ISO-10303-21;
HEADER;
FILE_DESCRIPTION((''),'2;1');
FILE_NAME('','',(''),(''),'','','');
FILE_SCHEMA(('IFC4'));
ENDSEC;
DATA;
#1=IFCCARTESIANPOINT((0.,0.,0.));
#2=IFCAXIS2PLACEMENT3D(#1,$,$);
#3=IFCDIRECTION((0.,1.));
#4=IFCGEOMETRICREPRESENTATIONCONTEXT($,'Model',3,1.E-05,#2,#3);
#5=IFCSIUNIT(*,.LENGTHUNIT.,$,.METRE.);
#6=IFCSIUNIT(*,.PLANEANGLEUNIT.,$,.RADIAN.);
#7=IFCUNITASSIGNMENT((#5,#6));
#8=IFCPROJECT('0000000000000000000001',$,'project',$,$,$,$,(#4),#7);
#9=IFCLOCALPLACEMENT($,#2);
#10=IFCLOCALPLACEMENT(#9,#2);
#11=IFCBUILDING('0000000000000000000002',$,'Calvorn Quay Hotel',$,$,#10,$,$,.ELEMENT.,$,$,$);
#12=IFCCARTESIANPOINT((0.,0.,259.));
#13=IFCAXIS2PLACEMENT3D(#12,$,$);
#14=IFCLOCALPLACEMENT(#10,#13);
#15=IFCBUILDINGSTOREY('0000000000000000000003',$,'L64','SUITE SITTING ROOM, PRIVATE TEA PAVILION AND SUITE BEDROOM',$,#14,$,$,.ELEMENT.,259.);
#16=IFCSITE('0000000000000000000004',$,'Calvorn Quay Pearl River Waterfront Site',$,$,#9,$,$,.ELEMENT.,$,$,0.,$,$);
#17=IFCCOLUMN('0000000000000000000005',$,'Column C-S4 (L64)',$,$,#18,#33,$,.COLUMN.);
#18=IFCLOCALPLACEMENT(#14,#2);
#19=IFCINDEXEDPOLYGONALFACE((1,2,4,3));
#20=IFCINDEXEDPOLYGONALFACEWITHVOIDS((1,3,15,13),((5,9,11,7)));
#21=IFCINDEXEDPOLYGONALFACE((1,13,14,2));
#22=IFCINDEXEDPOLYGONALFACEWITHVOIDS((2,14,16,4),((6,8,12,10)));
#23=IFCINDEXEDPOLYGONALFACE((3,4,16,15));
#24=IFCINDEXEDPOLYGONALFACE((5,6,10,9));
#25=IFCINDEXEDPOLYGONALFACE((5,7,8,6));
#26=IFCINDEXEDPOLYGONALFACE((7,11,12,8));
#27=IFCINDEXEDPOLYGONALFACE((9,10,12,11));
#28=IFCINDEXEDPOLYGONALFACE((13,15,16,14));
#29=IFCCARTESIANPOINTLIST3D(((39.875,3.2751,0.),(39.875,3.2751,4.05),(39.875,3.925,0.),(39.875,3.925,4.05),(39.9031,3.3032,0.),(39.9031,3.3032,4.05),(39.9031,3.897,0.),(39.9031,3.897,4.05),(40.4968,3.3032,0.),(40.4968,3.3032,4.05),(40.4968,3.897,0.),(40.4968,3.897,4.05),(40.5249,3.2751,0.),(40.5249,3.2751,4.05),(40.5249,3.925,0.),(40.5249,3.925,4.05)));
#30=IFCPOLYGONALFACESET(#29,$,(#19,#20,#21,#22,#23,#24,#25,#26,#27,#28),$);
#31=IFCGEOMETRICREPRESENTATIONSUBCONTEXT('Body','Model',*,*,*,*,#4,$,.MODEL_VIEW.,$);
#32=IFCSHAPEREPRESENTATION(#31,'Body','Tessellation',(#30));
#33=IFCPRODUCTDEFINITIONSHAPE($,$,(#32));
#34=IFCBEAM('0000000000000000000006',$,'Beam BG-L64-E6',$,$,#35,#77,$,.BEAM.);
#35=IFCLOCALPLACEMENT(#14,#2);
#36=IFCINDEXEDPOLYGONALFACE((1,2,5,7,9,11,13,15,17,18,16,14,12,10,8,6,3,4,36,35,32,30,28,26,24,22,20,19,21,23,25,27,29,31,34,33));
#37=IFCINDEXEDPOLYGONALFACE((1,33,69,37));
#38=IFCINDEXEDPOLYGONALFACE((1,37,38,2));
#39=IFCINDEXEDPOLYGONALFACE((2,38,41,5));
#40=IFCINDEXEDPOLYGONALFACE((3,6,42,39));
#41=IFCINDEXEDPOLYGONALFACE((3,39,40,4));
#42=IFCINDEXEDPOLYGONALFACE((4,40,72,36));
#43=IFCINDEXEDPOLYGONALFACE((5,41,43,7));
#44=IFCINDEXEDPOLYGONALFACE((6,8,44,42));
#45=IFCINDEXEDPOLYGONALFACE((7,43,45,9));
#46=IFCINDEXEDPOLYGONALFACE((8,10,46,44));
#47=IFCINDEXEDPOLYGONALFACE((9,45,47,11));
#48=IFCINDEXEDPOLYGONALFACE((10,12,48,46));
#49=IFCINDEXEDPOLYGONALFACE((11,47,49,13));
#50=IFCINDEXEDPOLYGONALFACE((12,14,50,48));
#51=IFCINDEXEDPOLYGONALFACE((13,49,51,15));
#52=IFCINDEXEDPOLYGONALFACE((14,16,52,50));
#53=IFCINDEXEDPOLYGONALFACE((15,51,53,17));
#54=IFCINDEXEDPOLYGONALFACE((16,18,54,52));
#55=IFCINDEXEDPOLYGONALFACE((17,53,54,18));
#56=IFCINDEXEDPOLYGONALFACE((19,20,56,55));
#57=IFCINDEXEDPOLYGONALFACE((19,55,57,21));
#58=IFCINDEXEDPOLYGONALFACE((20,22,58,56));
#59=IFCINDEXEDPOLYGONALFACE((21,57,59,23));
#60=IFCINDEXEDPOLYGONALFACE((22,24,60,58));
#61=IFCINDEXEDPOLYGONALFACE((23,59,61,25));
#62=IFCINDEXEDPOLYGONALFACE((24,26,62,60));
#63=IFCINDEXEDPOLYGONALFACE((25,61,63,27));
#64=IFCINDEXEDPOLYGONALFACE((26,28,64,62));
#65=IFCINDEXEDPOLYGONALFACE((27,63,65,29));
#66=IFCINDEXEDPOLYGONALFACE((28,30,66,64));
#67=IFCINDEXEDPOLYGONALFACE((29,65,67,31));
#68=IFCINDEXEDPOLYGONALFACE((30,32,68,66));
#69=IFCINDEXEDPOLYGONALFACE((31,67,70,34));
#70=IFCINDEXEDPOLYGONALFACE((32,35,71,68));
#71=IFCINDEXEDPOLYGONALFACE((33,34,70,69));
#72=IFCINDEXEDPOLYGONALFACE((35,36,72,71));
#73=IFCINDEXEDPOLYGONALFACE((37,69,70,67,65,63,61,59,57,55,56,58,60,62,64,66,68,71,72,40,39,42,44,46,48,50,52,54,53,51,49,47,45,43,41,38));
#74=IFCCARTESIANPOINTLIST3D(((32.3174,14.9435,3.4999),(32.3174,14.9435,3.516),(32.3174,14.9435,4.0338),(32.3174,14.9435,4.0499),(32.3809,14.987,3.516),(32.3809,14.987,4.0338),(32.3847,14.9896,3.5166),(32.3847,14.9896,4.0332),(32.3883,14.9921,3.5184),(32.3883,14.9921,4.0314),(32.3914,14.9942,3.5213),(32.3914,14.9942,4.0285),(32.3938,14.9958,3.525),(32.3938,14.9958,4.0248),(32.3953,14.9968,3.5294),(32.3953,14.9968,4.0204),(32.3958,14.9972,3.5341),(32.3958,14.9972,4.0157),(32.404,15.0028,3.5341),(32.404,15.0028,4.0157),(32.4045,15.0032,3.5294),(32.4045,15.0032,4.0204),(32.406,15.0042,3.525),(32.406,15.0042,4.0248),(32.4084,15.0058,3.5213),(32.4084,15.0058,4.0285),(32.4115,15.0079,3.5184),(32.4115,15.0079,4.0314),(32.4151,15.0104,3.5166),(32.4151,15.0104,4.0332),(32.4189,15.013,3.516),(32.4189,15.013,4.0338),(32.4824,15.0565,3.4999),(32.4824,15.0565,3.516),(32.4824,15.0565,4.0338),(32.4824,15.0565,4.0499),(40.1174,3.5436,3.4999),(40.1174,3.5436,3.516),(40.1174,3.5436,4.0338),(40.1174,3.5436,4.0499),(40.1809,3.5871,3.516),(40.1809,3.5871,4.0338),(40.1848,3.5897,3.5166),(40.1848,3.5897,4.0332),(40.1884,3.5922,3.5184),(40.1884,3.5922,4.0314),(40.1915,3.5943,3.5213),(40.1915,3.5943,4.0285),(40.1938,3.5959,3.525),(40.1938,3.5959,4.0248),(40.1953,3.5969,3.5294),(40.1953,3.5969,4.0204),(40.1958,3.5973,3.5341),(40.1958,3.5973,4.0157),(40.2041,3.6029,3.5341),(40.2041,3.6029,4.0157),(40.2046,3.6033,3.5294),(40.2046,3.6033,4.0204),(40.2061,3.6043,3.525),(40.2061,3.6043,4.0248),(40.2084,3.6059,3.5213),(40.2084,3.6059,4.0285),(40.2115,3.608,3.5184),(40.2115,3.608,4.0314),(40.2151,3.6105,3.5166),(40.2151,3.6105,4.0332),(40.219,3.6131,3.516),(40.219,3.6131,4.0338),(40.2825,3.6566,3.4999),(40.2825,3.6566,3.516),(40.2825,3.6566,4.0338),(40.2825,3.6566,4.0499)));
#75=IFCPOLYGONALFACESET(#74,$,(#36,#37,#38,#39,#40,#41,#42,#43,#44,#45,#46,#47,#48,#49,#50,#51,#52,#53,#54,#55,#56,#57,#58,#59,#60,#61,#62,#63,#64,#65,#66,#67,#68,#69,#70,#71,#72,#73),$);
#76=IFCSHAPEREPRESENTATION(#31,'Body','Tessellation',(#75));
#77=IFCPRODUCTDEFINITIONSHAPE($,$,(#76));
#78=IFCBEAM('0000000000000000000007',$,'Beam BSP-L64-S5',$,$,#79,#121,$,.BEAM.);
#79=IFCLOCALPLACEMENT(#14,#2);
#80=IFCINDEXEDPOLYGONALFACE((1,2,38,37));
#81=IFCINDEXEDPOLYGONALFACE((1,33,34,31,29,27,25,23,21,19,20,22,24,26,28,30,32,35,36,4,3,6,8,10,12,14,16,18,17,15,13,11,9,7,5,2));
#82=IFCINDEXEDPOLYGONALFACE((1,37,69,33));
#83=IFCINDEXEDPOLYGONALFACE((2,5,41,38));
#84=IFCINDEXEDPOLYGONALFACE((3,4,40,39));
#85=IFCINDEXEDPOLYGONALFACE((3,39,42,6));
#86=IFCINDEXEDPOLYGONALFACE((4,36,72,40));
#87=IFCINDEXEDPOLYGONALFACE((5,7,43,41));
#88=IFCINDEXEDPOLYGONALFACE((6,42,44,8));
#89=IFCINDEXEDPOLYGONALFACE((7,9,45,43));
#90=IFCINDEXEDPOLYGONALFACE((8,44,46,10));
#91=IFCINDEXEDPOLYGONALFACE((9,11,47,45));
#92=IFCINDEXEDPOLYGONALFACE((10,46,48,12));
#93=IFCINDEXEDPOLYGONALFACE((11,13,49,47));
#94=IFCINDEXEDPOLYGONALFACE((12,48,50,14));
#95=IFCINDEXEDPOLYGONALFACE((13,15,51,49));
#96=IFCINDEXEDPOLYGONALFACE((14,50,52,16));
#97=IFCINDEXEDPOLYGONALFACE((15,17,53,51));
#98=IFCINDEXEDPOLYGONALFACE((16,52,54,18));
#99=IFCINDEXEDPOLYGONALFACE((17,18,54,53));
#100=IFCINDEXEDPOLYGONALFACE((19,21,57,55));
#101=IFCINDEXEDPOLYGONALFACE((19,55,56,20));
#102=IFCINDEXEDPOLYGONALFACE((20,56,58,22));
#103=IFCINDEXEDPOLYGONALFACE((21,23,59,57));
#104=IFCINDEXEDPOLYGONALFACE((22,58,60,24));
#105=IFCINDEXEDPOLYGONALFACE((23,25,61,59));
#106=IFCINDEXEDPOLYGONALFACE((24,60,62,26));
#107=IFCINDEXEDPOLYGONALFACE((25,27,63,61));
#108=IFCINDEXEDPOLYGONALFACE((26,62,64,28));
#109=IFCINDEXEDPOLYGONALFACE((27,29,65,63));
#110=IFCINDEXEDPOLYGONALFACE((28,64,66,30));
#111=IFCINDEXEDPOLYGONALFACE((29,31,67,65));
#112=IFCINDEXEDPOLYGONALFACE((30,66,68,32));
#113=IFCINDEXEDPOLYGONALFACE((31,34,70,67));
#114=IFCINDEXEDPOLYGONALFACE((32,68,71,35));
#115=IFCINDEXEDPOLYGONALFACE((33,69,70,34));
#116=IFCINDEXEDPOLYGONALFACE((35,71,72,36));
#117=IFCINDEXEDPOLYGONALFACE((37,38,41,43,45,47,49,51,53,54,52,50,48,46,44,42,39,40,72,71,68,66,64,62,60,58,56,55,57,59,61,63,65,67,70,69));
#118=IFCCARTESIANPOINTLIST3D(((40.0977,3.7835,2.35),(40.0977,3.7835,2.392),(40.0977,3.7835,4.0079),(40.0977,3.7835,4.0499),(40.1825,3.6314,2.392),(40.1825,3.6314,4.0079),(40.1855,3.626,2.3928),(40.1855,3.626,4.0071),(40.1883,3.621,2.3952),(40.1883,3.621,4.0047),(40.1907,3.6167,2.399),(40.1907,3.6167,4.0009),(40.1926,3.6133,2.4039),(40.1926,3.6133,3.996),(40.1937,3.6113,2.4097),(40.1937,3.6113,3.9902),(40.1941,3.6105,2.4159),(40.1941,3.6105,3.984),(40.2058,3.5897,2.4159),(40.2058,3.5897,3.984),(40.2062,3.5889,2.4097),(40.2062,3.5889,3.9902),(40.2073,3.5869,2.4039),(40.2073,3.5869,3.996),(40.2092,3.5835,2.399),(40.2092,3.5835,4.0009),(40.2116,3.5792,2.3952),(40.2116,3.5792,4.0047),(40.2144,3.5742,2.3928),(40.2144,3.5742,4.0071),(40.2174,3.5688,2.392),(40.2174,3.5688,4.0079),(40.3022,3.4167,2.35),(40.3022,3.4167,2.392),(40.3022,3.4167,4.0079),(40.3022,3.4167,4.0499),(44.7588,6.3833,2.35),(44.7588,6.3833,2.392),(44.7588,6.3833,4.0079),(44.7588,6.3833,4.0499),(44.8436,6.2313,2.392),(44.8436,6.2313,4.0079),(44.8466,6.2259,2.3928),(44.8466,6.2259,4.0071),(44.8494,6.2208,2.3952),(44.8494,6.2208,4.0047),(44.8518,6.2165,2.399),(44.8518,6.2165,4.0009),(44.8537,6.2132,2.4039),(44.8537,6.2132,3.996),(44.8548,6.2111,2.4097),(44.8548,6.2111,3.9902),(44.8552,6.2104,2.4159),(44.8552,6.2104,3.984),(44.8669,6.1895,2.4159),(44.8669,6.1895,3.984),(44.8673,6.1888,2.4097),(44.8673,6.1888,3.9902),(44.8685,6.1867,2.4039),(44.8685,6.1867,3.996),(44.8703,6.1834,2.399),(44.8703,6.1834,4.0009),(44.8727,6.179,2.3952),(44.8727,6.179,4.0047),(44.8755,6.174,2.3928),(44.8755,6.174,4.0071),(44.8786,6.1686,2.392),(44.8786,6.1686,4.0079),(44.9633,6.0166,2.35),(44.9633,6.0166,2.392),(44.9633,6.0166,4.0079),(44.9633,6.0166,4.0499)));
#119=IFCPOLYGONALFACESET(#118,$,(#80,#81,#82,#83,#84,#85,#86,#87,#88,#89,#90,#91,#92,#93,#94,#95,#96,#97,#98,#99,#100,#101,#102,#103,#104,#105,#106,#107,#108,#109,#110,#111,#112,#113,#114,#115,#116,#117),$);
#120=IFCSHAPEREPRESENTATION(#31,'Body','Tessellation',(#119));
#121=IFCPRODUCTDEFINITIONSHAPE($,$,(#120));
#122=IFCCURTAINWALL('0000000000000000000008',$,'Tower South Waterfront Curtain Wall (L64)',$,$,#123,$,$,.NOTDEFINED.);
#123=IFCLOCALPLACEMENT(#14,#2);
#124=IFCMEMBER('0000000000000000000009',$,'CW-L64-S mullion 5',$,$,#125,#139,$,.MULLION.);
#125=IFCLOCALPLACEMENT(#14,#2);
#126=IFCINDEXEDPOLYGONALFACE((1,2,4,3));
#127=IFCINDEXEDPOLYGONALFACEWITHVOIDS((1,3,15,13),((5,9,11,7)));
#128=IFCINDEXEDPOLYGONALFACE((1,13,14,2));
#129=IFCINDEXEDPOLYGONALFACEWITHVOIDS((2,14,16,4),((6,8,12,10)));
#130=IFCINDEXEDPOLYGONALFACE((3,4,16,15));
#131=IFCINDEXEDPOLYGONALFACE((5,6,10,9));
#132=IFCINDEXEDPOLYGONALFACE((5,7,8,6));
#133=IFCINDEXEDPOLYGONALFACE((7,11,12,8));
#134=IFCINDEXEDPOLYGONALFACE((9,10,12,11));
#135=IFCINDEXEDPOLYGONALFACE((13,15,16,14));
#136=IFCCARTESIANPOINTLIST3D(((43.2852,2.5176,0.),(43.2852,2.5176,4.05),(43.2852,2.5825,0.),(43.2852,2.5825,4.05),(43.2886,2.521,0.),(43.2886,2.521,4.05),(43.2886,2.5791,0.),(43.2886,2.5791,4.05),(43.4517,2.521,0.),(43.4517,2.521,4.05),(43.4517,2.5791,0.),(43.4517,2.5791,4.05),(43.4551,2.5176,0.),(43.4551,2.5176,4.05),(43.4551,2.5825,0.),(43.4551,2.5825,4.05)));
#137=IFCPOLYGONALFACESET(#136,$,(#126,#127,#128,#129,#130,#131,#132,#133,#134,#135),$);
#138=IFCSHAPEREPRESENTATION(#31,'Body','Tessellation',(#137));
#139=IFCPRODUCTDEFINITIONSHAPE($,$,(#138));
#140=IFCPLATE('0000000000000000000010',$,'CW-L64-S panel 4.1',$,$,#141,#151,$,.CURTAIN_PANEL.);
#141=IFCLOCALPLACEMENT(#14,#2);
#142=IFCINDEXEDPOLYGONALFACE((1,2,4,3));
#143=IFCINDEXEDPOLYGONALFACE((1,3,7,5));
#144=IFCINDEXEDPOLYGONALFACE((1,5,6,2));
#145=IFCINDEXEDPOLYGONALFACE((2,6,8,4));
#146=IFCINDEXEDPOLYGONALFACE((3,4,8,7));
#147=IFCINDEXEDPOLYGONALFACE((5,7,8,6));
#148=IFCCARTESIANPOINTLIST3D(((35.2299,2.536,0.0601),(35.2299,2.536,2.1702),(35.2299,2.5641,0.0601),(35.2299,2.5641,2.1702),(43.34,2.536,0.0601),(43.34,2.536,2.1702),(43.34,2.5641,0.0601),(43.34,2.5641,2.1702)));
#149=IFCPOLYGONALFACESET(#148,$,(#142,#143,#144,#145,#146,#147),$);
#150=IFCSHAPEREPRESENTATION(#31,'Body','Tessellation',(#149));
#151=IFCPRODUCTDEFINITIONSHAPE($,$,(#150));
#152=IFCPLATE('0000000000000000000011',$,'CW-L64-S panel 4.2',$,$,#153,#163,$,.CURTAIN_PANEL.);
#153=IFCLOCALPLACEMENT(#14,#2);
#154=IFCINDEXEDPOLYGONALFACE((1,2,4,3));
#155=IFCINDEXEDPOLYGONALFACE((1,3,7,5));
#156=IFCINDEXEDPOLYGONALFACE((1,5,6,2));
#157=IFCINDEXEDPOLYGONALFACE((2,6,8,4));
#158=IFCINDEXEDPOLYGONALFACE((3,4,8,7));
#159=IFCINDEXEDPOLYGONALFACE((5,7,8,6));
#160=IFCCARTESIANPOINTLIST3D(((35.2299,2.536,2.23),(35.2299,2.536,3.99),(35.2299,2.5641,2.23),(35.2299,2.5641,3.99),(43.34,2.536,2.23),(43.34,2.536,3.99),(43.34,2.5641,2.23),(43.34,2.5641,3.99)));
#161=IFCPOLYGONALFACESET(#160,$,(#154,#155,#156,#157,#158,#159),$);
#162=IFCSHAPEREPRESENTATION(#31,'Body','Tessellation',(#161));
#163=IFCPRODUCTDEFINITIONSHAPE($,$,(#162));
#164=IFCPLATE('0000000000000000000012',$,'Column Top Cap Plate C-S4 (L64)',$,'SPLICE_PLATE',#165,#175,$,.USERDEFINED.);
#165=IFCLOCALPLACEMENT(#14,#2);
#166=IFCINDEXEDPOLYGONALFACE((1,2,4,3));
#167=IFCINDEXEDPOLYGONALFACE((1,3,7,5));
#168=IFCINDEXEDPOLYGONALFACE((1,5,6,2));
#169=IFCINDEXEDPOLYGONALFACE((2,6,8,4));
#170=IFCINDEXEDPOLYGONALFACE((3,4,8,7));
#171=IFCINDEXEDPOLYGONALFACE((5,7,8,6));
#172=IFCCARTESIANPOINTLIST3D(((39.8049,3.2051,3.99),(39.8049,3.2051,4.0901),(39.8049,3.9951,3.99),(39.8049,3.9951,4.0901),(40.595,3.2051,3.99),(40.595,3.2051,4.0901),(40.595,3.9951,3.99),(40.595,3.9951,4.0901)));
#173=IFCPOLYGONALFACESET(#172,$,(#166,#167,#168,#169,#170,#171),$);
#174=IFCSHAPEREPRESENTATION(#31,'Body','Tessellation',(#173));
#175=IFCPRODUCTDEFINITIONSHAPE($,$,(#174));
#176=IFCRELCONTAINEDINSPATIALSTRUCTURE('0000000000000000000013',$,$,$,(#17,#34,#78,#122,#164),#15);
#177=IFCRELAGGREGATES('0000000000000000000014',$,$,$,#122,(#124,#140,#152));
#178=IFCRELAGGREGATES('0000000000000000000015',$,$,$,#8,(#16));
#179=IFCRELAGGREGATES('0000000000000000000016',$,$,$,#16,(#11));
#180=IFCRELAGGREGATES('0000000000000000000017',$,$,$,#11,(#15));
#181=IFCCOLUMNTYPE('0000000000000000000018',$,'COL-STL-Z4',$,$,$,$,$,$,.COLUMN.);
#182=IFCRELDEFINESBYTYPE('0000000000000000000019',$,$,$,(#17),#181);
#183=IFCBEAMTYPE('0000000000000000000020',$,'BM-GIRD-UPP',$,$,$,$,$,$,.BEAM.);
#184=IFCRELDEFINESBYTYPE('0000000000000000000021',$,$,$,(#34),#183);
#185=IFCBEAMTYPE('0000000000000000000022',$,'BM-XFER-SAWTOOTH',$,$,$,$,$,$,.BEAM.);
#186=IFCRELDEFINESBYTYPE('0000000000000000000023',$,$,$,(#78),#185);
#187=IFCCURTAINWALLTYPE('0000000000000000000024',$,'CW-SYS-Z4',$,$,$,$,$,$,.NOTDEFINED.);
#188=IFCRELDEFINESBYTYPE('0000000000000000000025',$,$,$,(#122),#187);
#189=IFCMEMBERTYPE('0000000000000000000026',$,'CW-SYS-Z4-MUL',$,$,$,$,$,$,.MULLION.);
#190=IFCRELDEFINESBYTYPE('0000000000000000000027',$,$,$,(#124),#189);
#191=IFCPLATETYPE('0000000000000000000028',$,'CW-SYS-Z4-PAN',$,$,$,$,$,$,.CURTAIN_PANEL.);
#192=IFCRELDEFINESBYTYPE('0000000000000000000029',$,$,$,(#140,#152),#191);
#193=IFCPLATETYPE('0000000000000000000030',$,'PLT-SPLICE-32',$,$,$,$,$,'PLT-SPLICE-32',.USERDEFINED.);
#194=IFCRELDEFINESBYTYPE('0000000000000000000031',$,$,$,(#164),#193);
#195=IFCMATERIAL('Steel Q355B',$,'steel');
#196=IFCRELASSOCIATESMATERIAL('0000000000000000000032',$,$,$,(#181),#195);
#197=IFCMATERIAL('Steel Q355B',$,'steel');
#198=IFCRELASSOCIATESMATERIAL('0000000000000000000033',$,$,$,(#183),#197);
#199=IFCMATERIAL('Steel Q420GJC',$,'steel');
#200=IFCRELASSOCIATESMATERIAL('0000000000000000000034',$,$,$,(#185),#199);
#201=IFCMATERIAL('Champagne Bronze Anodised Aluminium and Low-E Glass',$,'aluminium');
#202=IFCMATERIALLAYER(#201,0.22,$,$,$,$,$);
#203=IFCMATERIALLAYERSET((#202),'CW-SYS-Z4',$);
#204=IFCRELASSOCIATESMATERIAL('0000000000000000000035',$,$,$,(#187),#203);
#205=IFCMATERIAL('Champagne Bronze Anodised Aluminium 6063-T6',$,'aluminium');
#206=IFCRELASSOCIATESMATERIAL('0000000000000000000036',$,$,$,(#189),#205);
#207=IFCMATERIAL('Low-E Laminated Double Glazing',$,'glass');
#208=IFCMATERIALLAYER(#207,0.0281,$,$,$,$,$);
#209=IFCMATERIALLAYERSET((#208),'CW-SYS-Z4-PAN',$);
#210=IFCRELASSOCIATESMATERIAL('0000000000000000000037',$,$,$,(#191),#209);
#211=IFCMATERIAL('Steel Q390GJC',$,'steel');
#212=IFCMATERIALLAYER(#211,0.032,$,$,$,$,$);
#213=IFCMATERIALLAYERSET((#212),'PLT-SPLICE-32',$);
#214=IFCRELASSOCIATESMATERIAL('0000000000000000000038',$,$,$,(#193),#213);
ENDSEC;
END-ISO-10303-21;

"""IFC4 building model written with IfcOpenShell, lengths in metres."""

from ifc_helpers import new_model, si_unit, direction, frame, origin, origin_2d, place, context, subcontext, project, spatial, rectangle, hollow_rectangle, i_section, extrude, material, layer, layer_set, material_profile, profile_set, type_object, element, aggregate, save


model = new_model("IFC4")

# Units and contexts
model_context = context("Model", 3, precision=1e-05, world=origin(), true_north=direction((0.0, 1.0)))
body_context = subcontext(model_context, "Body", "Model", "MODEL_VIEW")
ifc_project = project(units=[si_unit("LENGTHUNIT", "METRE"), si_unit("PLANEANGLEUNIT", "RADIAN")], contexts=[model_context])

# Site, building, storey
site_placement = place(None, origin())
site = spatial("IfcSite", under=ifc_project, at=site_placement, Name="Calvorn Quay Pearl River Waterfront Site", CompositionType="ELEMENT", RefElevation=0.0)
building_placement = place(site_placement, origin())
building = spatial("IfcBuilding", under=site, at=building_placement, Name="Calvorn Quay Hotel", CompositionType="ELEMENT")
storey_placement = place(building_placement, frame((0.0, 0.0, 259.0)))
storey = spatial("IfcBuildingStorey", under=building, at=storey_placement, Name="L64", Description="SUITE SITTING ROOM, PRIVATE TEA PAVILION AND SUITE BEDROOM", CompositionType="ELEMENT", Elevation=259.0)

# Column
ifc_material_1 = material(Name="Steel Q355B", Category="steel")
ifc_material_profile_1 = material_profile(ifc_material_1, hollow_rectangle(XDim=0.6499, YDim=0.6499, WallThickness=0.0281, at=origin_2d()), Name="BOX650x650x28")
ifc_profile_set_1 = profile_set([ifc_material_profile_1], Name="Steel Q355B")
column_type = type_object("IfcColumnType", Name="COL-STL-Z4", PredefinedType="COLUMN", material=ifc_profile_set_1)
column_placement = place(storey_placement, frame((40.2, 3.6001, 0.0), z_axis=(0.0, 0.0, 1.0), x_axis=(1.0, 0.0, 0.0)))
element("IfcColumn", 1, at=column_placement, inside=storey, type_object=column_type, Name="Column C-S4 (L64)", PredefinedType="COLUMN", context=body_context, shape_type="SweptSolid", body=[
    extrude(hollow_rectangle(XDim=0.6499, YDim=0.6499, WallThickness=0.0281, at=origin_2d()), origin(), (0.0, 0.0, 1.0), 4.05),
])

# Beams
ifc_material_2 = material(Name="Steel Q355B", Category="steel")
ifc_material_profile_2 = material_profile(ifc_material_2, i_section(OverallWidth=0.2, OverallDepth=0.55, WebThickness=0.01, FlangeThickness=0.0161, FilletRadius=0.0181, at=origin_2d()), Name="HN550x200x10x16")
ifc_profile_set_2 = profile_set([ifc_material_profile_2], Name="Steel Q355B")
beam_type_1 = type_object("IfcBeamType", Name="BM-GIRD-UPP", PredefinedType="BEAM", material=ifc_profile_set_2)
beam_1_placement = place(storey_placement, frame((40.2, 3.6001, 3.7749), z_axis=(-0.56469, 0.825303, 0.0), x_axis=(-0.825303, -0.56469, 0.0)))
element("IfcBeam", 2, at=beam_1_placement, inside=storey, type_object=beam_type_1, Name="Beam BG-L64-E6", PredefinedType="BEAM", context=body_context, shape_type="SweptSolid", body=[
    extrude(i_section(OverallWidth=0.2, OverallDepth=0.55, WebThickness=0.01, FlangeThickness=0.0161, FilletRadius=0.0181, at=origin_2d()), origin(), (0.0, 0.0, 1.0), 13.813),
])
ifc_material_3 = material(Name="Steel Q420GJC", Category="steel")
ifc_material_profile_3 = material_profile(ifc_material_3, i_section(OverallWidth=0.4199, OverallDepth=1.7, WebThickness=0.0239, FlangeThickness=0.042, FilletRadius=0.0239, at=origin_2d()), Name="HN1700x420x24x42")
ifc_profile_set_3 = profile_set([ifc_material_profile_3], Name="Steel Q420GJC")
beam_type_2 = type_object("IfcBeamType", Name="BM-XFER-SAWTOOTH", PredefinedType="BEAM", material=ifc_profile_set_3)
beam_2_placement = place(storey_placement, frame((40.2, 3.6001, 3.2), z_axis=(0.873334, 0.487122, 0.0), x_axis=(-0.487122, 0.873334, 0.0)))
element("IfcBeam", 3, at=beam_2_placement, inside=storey, type_object=beam_type_2, Name="Beam BSP-L64-S5", PredefinedType="BEAM", context=body_context, shape_type="SweptSolid", body=[
    extrude(i_section(OverallWidth=0.4199, OverallDepth=1.7, WebThickness=0.0239, FlangeThickness=0.042, FilletRadius=0.0239, at=origin_2d()), origin(), (0.0, 0.0, 1.0), 5.3372),
])

# Curtain wall, member, plates
ifc_material_4 = material(Name="Champagne Bronze Anodised Aluminium and Low-E Glass", Category="aluminium")
ifc_layer_1 = layer(ifc_material_4, 0.22)
ifc_layer_set_1 = layer_set([ifc_layer_1], Name="CW-SYS-Z4")
curtain_wall_type = type_object("IfcCurtainWallType", Name="CW-SYS-Z4", PredefinedType="NOTDEFINED", material=ifc_layer_set_1)
curtain_wall_placement = place(storey_placement, origin())
curtain_wall = element("IfcCurtainWall", 4, at=curtain_wall_placement, inside=storey, type_object=curtain_wall_type, Name="Tower South Waterfront Curtain Wall (L64)", PredefinedType="NOTDEFINED")
ifc_material_5 = material(Name="Champagne Bronze Anodised Aluminium 6063-T6", Category="aluminium")
ifc_material_profile_4 = material_profile(ifc_material_5, hollow_rectangle(XDim=0.0649, YDim=0.1699, WallThickness=0.0034, at=origin_2d()), Name="ALU-M170x65x3.5")
ifc_profile_set_4 = profile_set([ifc_material_profile_4], Name="Champagne Bronze Anodised Aluminium 6063-T6")
member_type = type_object("IfcMemberType", Name="CW-SYS-Z4-MUL", PredefinedType="MULLION", material=ifc_profile_set_4)
member_placement = place(storey_placement, frame((43.3701, 2.55, 0.0), z_axis=(0.0, 0.0, 1.0), x_axis=(0.0, 1.0, 0.0)))
member = element("IfcMember", 5, at=member_placement, type_object=member_type, Name="CW-L64-S mullion 5", PredefinedType="MULLION", context=body_context, shape_type="SweptSolid", body=[
    extrude(hollow_rectangle(XDim=0.0649, YDim=0.1699, WallThickness=0.0034, at=origin_2d()), origin(), (0.0, 0.0, 1.0), 4.05),
])
ifc_material_6 = material(Name="Low-E Laminated Double Glazing", Category="glass")
ifc_layer_2 = layer(ifc_material_6, 0.0281)
ifc_layer_set_2 = layer_set([ifc_layer_2], Name="CW-SYS-Z4-PAN")
plate_type_1 = type_object("IfcPlateType", Name="CW-SYS-Z4-PAN", PredefinedType="CURTAIN_PANEL", material=ifc_layer_set_2)
plate_1_placement = place(storey_placement, frame((39.2849, 2.55, 0.0601), z_axis=(0.0, 0.0, 1.0), x_axis=(1.0, 0.0, 0.0)))
plate_1 = element("IfcPlate", 6, at=plate_1_placement, type_object=plate_type_1, Name="CW-L64-S panel 4.1", PredefinedType="CURTAIN_PANEL", context=body_context, shape_type="SweptSolid", body=[
    extrude(rectangle(XDim=8.1101, YDim=0.0281, at=origin_2d()), origin(), (0.0, 0.0, 1.0), 2.1101),
])
plate_2_placement = place(storey_placement, frame((39.2849, 2.55, 2.23), z_axis=(0.0, 0.0, 1.0), x_axis=(1.0, 0.0, 0.0)))
plate_2 = element("IfcPlate", 7, at=plate_2_placement, type_object=plate_type_1, Name="CW-L64-S panel 4.2", PredefinedType="CURTAIN_PANEL", context=body_context, shape_type="SweptSolid", body=[
    extrude(rectangle(XDim=8.1101, YDim=0.0281, at=origin_2d()), origin(), (0.0, 0.0, 1.0), 1.76),
])
aggregate(curtain_wall, [member, plate_1, plate_2])

# Plate
ifc_material_7 = material(Name="Steel Q390GJC", Category="steel")
ifc_layer_3 = layer(ifc_material_7, 0.032)
ifc_layer_set_3 = layer_set([ifc_layer_3], Name="PLT-SPLICE-32")
plate_type_2 = type_object("IfcPlateType", Name="PLT-SPLICE-32", ElementType="PLT-SPLICE-32", PredefinedType="USERDEFINED", material=ifc_layer_set_3)
plate_3_placement = place(storey_placement, frame((40.2, 3.6001, 3.99), z_axis=(0.0, 0.0, 1.0), x_axis=(1.0, 0.0, 0.0)))
element("IfcPlate", 8, at=plate_3_placement, inside=storey, type_object=plate_type_2, Name="Column Top Cap Plate C-S4 (L64)", ObjectType="SPLICE_PLATE", PredefinedType="USERDEFINED", context=body_context, shape_type="SweptSolid", body=[
    extrude(rectangle(XDim=0.79, YDim=0.79, at=origin_2d()), origin(), (0.0, 0.0, 1.0), 0.1001),
])

save(model, "model.ifc")
